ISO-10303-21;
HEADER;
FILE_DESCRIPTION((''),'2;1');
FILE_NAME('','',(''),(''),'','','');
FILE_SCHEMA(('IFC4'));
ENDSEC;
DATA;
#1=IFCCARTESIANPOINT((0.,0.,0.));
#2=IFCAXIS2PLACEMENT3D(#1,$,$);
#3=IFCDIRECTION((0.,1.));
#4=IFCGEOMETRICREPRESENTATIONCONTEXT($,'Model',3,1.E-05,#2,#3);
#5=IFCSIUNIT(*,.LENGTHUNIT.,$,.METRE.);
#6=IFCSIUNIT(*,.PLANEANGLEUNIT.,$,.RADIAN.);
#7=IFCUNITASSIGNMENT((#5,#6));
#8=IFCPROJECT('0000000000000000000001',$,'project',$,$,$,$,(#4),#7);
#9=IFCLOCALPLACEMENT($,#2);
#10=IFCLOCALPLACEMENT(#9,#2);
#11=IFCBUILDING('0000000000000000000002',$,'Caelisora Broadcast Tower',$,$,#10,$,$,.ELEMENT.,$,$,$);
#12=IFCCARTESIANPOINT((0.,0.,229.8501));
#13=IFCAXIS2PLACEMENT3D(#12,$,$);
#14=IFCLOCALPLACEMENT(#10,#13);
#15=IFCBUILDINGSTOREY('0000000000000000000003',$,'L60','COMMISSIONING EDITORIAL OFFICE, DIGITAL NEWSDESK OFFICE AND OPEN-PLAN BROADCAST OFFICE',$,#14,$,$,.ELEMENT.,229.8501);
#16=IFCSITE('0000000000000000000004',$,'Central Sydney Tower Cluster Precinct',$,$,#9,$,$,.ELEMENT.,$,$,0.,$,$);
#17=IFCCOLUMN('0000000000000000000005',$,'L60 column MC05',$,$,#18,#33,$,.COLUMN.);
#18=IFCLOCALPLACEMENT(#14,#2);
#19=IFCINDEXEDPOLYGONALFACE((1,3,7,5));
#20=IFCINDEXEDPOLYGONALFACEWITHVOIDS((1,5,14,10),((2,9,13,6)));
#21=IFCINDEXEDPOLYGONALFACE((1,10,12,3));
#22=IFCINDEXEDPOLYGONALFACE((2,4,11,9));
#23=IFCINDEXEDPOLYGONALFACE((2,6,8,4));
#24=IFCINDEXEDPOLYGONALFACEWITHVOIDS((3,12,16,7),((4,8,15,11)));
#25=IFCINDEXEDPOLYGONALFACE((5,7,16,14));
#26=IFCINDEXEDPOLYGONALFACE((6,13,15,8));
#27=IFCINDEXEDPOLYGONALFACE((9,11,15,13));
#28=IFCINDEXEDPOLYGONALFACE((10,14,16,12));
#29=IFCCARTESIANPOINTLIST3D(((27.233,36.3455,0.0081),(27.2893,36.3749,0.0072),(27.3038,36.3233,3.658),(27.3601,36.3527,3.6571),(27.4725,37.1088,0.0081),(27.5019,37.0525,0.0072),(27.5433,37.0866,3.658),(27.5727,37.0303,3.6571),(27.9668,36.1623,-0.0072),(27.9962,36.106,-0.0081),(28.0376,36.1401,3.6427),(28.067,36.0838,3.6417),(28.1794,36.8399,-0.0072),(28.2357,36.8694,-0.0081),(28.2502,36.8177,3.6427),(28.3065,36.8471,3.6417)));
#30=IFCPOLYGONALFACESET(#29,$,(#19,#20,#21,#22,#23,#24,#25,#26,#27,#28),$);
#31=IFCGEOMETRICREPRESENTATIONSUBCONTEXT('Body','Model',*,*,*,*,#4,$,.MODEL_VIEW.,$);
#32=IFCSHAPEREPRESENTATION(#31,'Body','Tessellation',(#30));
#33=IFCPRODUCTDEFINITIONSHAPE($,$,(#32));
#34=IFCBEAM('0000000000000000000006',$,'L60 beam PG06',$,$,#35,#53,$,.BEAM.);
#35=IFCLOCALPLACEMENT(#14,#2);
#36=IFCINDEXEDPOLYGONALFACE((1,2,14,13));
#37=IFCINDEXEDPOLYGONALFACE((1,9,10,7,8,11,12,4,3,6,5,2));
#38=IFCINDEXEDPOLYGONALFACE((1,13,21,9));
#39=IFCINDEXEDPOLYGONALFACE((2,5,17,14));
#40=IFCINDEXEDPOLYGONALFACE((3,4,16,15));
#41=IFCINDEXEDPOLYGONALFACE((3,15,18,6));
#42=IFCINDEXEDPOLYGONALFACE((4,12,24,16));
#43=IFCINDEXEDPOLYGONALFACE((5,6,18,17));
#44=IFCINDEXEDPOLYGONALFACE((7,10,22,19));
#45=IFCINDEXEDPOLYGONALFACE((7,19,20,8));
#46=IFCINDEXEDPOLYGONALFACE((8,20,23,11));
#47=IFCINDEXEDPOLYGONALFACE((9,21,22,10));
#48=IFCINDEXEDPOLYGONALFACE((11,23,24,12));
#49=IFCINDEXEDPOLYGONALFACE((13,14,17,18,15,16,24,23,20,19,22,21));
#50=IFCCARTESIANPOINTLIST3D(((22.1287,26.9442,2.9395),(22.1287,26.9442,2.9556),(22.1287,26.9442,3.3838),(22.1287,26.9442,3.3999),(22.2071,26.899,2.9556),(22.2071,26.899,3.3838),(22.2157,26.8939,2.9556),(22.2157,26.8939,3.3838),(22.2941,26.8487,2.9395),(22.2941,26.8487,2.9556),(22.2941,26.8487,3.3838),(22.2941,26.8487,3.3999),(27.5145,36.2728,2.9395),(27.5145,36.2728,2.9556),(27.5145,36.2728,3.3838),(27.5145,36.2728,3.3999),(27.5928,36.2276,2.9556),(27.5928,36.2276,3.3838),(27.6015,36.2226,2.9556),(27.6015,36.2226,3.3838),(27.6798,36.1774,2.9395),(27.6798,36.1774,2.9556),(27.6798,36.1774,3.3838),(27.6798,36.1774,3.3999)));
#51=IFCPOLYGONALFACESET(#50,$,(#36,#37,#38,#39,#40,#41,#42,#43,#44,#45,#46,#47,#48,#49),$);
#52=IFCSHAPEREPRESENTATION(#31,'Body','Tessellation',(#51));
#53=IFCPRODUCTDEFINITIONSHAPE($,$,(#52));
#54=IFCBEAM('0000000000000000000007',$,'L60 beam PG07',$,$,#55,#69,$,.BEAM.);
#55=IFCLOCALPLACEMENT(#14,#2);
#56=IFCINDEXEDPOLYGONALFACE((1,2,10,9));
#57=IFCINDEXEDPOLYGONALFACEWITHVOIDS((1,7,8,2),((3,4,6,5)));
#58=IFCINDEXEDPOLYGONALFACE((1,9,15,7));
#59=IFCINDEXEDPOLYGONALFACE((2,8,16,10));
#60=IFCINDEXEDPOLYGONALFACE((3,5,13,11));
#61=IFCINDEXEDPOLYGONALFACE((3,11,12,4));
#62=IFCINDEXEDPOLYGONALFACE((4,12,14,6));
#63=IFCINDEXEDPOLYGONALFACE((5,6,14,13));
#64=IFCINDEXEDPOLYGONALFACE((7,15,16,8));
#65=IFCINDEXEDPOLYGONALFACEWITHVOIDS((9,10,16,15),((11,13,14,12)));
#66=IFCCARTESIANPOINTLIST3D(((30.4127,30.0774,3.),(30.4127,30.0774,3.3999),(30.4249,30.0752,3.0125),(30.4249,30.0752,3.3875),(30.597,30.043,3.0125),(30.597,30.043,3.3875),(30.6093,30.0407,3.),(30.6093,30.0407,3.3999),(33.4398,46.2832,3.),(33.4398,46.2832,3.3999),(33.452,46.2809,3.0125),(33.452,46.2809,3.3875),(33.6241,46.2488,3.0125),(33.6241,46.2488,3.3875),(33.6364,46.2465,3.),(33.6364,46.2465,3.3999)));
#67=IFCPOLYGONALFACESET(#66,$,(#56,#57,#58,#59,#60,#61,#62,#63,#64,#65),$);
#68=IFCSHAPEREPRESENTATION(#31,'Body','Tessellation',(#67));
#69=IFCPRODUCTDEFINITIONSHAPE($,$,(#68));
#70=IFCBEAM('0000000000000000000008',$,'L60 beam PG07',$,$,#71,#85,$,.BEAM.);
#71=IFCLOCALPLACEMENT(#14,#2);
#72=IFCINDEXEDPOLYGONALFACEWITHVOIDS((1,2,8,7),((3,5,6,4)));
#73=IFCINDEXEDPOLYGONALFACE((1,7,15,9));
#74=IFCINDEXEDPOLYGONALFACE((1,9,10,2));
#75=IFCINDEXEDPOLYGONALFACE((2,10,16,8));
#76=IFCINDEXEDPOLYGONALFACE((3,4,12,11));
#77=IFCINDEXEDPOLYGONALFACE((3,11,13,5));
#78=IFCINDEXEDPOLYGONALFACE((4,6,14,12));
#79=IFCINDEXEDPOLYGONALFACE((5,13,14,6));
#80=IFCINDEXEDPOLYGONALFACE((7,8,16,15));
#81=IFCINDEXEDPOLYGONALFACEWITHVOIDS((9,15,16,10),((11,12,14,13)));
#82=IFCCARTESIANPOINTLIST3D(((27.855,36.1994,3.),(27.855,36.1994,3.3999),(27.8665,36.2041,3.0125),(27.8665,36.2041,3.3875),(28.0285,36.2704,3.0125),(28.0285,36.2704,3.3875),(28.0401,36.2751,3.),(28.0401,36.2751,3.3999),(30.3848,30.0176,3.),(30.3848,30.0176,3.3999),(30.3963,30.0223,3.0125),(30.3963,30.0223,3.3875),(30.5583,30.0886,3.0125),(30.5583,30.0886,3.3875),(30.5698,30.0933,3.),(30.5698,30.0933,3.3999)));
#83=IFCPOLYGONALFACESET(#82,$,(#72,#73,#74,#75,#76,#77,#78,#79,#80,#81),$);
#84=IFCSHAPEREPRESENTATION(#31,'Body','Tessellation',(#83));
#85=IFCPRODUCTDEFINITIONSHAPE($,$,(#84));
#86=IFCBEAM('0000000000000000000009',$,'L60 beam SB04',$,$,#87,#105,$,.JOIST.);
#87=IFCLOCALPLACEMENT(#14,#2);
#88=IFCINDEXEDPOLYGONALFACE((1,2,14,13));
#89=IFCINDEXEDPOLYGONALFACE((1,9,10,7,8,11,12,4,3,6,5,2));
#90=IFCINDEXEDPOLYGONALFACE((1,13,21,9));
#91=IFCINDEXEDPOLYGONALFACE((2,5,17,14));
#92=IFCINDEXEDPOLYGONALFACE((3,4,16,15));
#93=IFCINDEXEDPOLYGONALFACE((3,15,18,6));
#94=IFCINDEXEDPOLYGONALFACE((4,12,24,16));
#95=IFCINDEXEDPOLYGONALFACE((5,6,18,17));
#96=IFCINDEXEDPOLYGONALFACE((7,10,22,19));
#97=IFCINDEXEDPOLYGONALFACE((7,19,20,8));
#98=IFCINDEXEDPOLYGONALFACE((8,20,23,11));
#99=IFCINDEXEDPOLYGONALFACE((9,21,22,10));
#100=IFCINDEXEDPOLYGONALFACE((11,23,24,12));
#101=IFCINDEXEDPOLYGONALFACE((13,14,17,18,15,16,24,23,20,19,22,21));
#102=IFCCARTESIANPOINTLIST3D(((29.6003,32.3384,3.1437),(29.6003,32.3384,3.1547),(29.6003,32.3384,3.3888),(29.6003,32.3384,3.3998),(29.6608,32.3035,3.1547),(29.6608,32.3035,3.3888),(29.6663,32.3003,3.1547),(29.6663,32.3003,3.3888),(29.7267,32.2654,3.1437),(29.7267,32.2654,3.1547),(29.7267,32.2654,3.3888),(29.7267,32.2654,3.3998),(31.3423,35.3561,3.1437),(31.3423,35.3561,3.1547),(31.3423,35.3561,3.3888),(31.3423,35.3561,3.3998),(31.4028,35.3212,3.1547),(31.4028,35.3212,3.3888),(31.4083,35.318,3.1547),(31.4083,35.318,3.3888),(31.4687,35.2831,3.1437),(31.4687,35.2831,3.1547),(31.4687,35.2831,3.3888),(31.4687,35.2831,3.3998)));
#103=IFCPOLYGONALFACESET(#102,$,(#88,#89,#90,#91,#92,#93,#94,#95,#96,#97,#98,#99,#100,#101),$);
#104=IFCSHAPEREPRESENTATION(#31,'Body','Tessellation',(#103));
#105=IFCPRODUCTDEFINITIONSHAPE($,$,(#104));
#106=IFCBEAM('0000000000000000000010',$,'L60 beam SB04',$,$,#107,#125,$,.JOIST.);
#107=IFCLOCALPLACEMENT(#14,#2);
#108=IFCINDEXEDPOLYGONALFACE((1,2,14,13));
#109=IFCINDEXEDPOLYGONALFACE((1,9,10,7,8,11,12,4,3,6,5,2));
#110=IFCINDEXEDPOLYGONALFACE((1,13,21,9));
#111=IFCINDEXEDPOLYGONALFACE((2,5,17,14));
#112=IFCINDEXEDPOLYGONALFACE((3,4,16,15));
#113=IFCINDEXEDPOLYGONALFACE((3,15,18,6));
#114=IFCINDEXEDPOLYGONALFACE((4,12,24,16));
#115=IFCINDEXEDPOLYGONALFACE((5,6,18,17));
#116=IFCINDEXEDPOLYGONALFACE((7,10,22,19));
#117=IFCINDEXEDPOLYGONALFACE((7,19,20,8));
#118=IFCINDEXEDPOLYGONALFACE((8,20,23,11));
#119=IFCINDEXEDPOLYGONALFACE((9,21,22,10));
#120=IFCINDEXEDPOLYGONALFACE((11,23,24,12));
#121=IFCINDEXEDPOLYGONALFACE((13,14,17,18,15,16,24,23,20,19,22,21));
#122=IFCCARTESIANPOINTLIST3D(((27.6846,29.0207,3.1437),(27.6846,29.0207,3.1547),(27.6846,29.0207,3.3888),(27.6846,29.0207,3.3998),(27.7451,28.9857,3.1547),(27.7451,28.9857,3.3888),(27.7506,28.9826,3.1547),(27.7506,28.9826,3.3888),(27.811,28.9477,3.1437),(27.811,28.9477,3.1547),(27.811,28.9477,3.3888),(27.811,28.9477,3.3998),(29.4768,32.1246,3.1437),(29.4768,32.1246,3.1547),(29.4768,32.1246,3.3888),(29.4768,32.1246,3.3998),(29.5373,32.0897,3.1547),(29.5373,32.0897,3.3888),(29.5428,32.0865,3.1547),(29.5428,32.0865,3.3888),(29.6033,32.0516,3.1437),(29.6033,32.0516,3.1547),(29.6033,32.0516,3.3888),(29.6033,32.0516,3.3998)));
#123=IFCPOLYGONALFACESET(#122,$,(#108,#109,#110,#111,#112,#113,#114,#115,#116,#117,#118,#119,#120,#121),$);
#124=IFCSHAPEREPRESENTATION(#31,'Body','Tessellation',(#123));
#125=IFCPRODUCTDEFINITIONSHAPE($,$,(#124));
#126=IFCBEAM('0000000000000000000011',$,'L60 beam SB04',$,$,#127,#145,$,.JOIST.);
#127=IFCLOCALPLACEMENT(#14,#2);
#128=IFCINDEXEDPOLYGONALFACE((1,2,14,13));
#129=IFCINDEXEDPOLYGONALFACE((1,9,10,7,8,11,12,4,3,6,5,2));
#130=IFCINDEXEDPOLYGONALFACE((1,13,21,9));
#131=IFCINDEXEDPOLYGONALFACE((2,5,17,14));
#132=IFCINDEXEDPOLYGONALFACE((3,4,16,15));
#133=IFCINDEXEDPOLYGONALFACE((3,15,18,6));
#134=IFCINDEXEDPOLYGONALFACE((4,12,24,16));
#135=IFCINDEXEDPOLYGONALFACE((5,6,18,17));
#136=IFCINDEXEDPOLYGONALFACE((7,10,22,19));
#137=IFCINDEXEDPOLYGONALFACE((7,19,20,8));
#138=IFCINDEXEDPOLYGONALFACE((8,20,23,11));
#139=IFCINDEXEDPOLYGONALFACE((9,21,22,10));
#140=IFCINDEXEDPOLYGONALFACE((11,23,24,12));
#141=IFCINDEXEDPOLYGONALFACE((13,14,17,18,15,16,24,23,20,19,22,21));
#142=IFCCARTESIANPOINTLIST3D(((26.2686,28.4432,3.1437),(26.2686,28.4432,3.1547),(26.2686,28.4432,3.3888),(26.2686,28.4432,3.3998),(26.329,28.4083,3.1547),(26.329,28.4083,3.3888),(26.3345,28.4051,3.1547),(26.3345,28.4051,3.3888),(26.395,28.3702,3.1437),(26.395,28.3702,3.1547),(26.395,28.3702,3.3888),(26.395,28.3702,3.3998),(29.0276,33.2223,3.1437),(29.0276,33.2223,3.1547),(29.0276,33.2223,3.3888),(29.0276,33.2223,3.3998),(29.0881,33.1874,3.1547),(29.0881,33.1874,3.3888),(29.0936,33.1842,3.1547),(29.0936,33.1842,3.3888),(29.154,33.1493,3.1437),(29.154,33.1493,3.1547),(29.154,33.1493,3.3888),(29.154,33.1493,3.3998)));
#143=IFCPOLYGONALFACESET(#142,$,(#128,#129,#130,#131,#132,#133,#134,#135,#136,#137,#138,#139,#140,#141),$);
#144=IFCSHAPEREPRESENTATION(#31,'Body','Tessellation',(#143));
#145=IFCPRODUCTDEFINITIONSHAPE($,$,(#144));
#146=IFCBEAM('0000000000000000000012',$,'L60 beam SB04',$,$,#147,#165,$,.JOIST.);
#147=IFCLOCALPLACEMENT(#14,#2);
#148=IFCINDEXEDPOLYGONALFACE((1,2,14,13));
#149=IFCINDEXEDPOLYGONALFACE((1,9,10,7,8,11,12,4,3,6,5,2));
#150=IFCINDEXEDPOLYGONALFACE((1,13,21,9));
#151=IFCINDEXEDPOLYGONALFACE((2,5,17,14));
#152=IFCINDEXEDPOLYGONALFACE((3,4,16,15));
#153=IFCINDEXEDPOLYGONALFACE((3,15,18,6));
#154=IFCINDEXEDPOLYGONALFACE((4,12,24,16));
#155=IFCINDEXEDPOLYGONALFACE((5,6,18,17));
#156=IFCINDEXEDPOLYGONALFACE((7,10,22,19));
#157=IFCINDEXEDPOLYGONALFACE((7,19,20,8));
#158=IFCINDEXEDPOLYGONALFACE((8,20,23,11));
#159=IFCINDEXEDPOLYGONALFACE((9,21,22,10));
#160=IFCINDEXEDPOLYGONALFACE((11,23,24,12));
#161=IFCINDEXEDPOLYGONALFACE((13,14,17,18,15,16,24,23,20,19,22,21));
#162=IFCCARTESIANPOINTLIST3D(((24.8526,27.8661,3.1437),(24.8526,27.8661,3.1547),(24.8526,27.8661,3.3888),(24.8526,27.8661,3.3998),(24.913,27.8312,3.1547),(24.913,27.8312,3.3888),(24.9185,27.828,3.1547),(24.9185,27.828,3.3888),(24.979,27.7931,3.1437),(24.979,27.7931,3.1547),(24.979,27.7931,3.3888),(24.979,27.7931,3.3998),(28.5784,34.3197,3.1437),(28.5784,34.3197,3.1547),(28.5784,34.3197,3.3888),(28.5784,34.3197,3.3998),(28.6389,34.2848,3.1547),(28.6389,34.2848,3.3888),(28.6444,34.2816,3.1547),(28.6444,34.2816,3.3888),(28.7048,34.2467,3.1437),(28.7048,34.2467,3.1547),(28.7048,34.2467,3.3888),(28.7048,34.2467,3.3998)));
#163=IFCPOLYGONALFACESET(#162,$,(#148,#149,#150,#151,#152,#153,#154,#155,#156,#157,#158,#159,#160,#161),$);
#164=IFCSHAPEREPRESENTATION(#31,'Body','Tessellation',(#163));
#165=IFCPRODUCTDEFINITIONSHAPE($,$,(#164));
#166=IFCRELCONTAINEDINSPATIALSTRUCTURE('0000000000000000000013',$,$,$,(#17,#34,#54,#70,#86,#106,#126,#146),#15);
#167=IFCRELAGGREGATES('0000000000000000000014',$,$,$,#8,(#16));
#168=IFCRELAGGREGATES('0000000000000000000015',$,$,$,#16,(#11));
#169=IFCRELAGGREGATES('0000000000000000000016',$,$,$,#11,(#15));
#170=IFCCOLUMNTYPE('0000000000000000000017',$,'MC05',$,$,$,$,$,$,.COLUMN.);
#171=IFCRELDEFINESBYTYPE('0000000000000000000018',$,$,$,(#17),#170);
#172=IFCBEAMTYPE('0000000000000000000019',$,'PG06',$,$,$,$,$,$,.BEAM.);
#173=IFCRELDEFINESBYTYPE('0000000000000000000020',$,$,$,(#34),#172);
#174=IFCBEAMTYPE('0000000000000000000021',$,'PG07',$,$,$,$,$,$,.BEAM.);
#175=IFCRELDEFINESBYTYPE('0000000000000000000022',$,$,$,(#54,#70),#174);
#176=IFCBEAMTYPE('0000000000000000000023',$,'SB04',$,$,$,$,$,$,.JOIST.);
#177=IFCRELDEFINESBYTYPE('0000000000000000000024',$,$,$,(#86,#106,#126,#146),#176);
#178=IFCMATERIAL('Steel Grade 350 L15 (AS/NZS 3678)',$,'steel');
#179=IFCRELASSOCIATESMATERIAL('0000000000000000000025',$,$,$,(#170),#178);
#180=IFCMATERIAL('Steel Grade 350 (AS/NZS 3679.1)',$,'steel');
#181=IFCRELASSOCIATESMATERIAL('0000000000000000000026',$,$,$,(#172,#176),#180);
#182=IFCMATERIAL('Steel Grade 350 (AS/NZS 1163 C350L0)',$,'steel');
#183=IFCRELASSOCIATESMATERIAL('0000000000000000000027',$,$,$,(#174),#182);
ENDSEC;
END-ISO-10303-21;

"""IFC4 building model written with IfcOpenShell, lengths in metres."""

from ifc_helpers import new_model, si_unit, direction, frame, origin, origin_2d, place, context, subcontext, project, spatial, hollow_rectangle, i_section, extrude, source, transform, mapped, material, material_profile, profile_set, type_object, type_shapes, element, save


model = new_model("IFC4")

# Units and contexts
model_context = context("Model", 3, precision=1e-05, world=origin(), true_north=direction((0.0, 1.0)))
body_context = subcontext(model_context, "Body", "Model", "MODEL_VIEW")
ifc_project = project(units=[si_unit("LENGTHUNIT", "METRE"), si_unit("PLANEANGLEUNIT", "RADIAN")], contexts=[model_context])

# Site, building, storey
site_placement = place(None, origin())
site = spatial("IfcSite", under=ifc_project, at=site_placement, Name="Central Sydney Tower Cluster Precinct", CompositionType="ELEMENT", RefElevation=0.0)
building_placement = place(site_placement, origin())
building = spatial("IfcBuilding", under=site, at=building_placement, Name="Caelisora Broadcast Tower", CompositionType="ELEMENT")
storey_placement = place(building_placement, frame((0.0, 0.0, 229.8501)))
storey = spatial("IfcBuildingStorey", under=building, at=storey_placement, Name="L60", Description="COMMISSIONING EDITORIAL OFFICE, DIGITAL NEWSDESK OFFICE AND OPEN-PLAN BROADCAST OFFICE", CompositionType="ELEMENT", Elevation=229.8501)

# Column
ifc_material_1 = material(Name="Steel Grade 350 L15 (AS/NZS 3678)", Category="steel")
ifc_material_profile_1 = material_profile(ifc_material_1, hollow_rectangle(XDim=0.8, YDim=0.8, WallThickness=0.0449, at=origin_2d()), Name="Steel Grade 350 L15 (AS/NZS 3678)")
ifc_profile_set_1 = profile_set([ifc_material_profile_1], Name="Steel Grade 350 L15 (AS/NZS 3678)")
column_type = type_object("IfcColumnType", Name="MC05", PredefinedType="COLUMN", material=ifc_profile_set_1)
shared_shape_1 = source(origin(), body_context, "Body", "SweptSolid", [
    extrude(hollow_rectangle(XDim=0.8, YDim=0.8, WallThickness=0.0449, at=origin_2d()), origin(), (0.0, 0.0, 1.0), 3.6506),
])
type_shapes(column_type, [shared_shape_1])
column_placement = place(storey_placement, frame((27.7344, 36.6074, 0.0), z_axis=(0.019394, -0.006086, 0.999793), x_axis=(0.299399, 0.954128, 0.0)))
element("IfcColumn", 1, at=column_placement, inside=storey, type_object=column_type, Name="L60 column MC05", PredefinedType="COLUMN", context=body_context, shape_type="MappedRepresentation", body=[
    mapped(shared_shape_1, transform((0.0, 0.0, 0.0), scale=1.0)),
])

# Beams
ifc_material_2 = material(Name="Steel Grade 350 (AS/NZS 3679.1)", Category="steel")
ifc_material_profile_2 = material_profile(ifc_material_2, i_section(OverallWidth=0.1909, OverallDepth=0.4604, WebThickness=0.01, FlangeThickness=0.0161, at=origin_2d()), Name="Steel Grade 350 (AS/NZS 3679.1)")
ifc_profile_set_2 = profile_set([ifc_material_profile_2], Name="Steel Grade 350 (AS/NZS 3679.1)")
beam_type_1 = type_object("IfcBeamType", Name="PG06", PredefinedType="BEAM", material=ifc_profile_set_2)
shared_shape_2 = source(origin(), body_context, "Body", "SweptSolid", [
    extrude(i_section(OverallWidth=0.1909, OverallDepth=0.4604, WebThickness=0.01, FlangeThickness=0.0161, at=origin_2d()), origin(), (0.0, 0.0, 1.0), 10.7717),
])
type_shapes(beam_type_1, [shared_shape_2])
beam_1_placement = place(storey_placement, frame((27.5972, 36.2251, 3.1697), z_axis=(-0.499991, -0.866031, 0.0), x_axis=(0.866031, -0.499991, 0.0)))
element("IfcBeam", 2, at=beam_1_placement, inside=storey, type_object=beam_type_1, Name="L60 beam PG06", PredefinedType="BEAM", context=body_context, shape_type="MappedRepresentation", body=[
    mapped(shared_shape_2, transform((0.0, 0.0, 0.0), scale=1.0)),
])
ifc_material_3 = material(Name="Steel Grade 350 (AS/NZS 1163 C350L0)", Category="steel")
ifc_material_profile_3 = material_profile(ifc_material_3, hollow_rectangle(XDim=0.2, YDim=0.3999, WallThickness=0.0125, at=origin_2d()), Name="Steel Grade 350 (AS/NZS 1163 C350L0)")
ifc_profile_set_3 = profile_set([ifc_material_profile_3], Name="Steel Grade 350 (AS/NZS 1163 C350L0)")
beam_type_2 = type_object("IfcBeamType", Name="PG07", PredefinedType="BEAM", material=ifc_profile_set_3)
shared_shape_3 = source(origin(), body_context, "Body", "SweptSolid", [
    extrude(hollow_rectangle(XDim=0.2, YDim=0.3999, WallThickness=0.0125, at=origin_2d()), origin(), (0.0, 0.0, 1.0), 16.4861),
])
beam_2_placement = place(storey_placement, frame((30.511, 30.0591, 3.2), z_axis=(0.183615, 0.982998, 0.0), x_axis=(-0.982998, 0.183615, 0.0)))
element("IfcBeam", 3, at=beam_2_placement, inside=storey, type_object=beam_type_2, Name="L60 beam PG07", PredefinedType="BEAM", context=body_context, shape_type="MappedRepresentation", body=[
    mapped(shared_shape_3, transform((0.0, 0.0, 0.0), scale=1.0)),
])
shared_shape_4 = source(origin(), body_context, "Body", "SweptSolid", [
    extrude(hollow_rectangle(XDim=0.2, YDim=0.3999, WallThickness=0.0125, at=origin_2d()), origin(), (0.0, 0.0, 1.0), 6.6794),
])
type_shapes(beam_type_2, [shared_shape_3, shared_shape_4])
beam_3_placement = place(storey_placement, frame((30.4773, 30.0554, 3.2), z_axis=(-0.37874, 0.925503, 0.0), x_axis=(-0.925503, -0.37874, 0.0)))
element("IfcBeam", 4, at=beam_3_placement, inside=storey, type_object=beam_type_2, Name="L60 beam PG07", PredefinedType="BEAM", context=body_context, shape_type="MappedRepresentation", body=[
    mapped(shared_shape_4, transform((0.0, 0.0, 0.0), scale=1.0)),
])
ifc_material_profile_4 = material_profile(ifc_material_2, i_section(OverallWidth=0.146, OverallDepth=0.2561, WebThickness=0.0063, FlangeThickness=0.011, at=origin_2d()), Name="Steel Grade 350 (AS/NZS 3679.1)")
ifc_profile_set_4 = profile_set([ifc_material_profile_4], Name="Steel Grade 350 (AS/NZS 3679.1)")
beam_type_3 = type_object("IfcBeamType", Name="SB04", PredefinedType="JOIST", material=ifc_profile_set_4)
shared_shape_5 = source(origin(), body_context, "Body", "SweptSolid", [
    extrude(i_section(OverallWidth=0.146, OverallDepth=0.2561, WebThickness=0.0063, FlangeThickness=0.011, at=origin_2d()), origin(), (0.0, 0.0, 1.0), 3.4844),
])
beam_4_placement = place(storey_placement, frame((31.4055, 35.3196, 3.2717), z_axis=(-0.499945, -0.866057, 0.0), x_axis=(0.866057, -0.499945, 0.0)))
element("IfcBeam", 5, at=beam_4_placement, inside=storey, type_object=beam_type_3, Name="L60 beam SB04", PredefinedType="JOIST", context=body_context, shape_type="MappedRepresentation", body=[
    mapped(shared_shape_5, transform((0.0, 0.0, 0.0), scale=1.0)),
])
shared_shape_6 = source(origin(), body_context, "Body", "SweptSolid", [
    extrude(i_section(OverallWidth=0.146, OverallDepth=0.2561, WebThickness=0.0063, FlangeThickness=0.011, at=origin_2d()), origin(), (0.0, 0.0, 1.0), 3.5842),
])
beam_5_placement = place(storey_placement, frame((29.54, 32.0881, 3.2717), z_axis=(-0.500029, -0.866009, 0.0), x_axis=(0.866009, -0.500029, 0.0)))
element("IfcBeam", 6, at=beam_5_placement, inside=storey, type_object=beam_type_3, Name="L60 beam SB04", PredefinedType="JOIST", context=body_context, shape_type="MappedRepresentation", body=[
    mapped(shared_shape_6, transform((0.0, 0.0, 0.0), scale=1.0)),
])
shared_shape_7 = source(origin(), body_context, "Body", "SweptSolid", [
    extrude(i_section(OverallWidth=0.146, OverallDepth=0.2561, WebThickness=0.0063, FlangeThickness=0.011, at=origin_2d()), origin(), (0.0, 0.0, 1.0), 5.5183),
])
beam_6_placement = place(storey_placement, frame((29.0908, 33.1858, 3.2717), z_axis=(-0.499979, -0.866038, 0.0), x_axis=(0.866038, -0.499979, 0.0)))
element("IfcBeam", 7, at=beam_6_placement, inside=storey, type_object=beam_type_3, Name="L60 beam SB04", PredefinedType="JOIST", context=body_context, shape_type="MappedRepresentation", body=[
    mapped(shared_shape_7, transform((0.0, 0.0, 0.0), scale=1.0)),
])
shared_shape_8 = source(origin(), body_context, "Body", "SweptSolid", [
    extrude(i_section(OverallWidth=0.146, OverallDepth=0.2561, WebThickness=0.0063, FlangeThickness=0.011, at=origin_2d()), origin(), (0.0, 0.0, 1.0), 7.4519),
])
beam_7_placement = place(storey_placement, frame((28.6416, 34.2832, 3.2717), z_axis=(-0.499983, -0.866035, 0.0), x_axis=(0.866035, -0.499983, 0.0)))
element("IfcBeam", 8, at=beam_7_placement, inside=storey, type_object=beam_type_3, Name="L60 beam SB04", PredefinedType="JOIST", context=body_context, shape_type="MappedRepresentation", body=[
    mapped(shared_shape_8, transform((0.0, 0.0, 0.0), scale=1.0)),
])

save(model, "model.ifc")
